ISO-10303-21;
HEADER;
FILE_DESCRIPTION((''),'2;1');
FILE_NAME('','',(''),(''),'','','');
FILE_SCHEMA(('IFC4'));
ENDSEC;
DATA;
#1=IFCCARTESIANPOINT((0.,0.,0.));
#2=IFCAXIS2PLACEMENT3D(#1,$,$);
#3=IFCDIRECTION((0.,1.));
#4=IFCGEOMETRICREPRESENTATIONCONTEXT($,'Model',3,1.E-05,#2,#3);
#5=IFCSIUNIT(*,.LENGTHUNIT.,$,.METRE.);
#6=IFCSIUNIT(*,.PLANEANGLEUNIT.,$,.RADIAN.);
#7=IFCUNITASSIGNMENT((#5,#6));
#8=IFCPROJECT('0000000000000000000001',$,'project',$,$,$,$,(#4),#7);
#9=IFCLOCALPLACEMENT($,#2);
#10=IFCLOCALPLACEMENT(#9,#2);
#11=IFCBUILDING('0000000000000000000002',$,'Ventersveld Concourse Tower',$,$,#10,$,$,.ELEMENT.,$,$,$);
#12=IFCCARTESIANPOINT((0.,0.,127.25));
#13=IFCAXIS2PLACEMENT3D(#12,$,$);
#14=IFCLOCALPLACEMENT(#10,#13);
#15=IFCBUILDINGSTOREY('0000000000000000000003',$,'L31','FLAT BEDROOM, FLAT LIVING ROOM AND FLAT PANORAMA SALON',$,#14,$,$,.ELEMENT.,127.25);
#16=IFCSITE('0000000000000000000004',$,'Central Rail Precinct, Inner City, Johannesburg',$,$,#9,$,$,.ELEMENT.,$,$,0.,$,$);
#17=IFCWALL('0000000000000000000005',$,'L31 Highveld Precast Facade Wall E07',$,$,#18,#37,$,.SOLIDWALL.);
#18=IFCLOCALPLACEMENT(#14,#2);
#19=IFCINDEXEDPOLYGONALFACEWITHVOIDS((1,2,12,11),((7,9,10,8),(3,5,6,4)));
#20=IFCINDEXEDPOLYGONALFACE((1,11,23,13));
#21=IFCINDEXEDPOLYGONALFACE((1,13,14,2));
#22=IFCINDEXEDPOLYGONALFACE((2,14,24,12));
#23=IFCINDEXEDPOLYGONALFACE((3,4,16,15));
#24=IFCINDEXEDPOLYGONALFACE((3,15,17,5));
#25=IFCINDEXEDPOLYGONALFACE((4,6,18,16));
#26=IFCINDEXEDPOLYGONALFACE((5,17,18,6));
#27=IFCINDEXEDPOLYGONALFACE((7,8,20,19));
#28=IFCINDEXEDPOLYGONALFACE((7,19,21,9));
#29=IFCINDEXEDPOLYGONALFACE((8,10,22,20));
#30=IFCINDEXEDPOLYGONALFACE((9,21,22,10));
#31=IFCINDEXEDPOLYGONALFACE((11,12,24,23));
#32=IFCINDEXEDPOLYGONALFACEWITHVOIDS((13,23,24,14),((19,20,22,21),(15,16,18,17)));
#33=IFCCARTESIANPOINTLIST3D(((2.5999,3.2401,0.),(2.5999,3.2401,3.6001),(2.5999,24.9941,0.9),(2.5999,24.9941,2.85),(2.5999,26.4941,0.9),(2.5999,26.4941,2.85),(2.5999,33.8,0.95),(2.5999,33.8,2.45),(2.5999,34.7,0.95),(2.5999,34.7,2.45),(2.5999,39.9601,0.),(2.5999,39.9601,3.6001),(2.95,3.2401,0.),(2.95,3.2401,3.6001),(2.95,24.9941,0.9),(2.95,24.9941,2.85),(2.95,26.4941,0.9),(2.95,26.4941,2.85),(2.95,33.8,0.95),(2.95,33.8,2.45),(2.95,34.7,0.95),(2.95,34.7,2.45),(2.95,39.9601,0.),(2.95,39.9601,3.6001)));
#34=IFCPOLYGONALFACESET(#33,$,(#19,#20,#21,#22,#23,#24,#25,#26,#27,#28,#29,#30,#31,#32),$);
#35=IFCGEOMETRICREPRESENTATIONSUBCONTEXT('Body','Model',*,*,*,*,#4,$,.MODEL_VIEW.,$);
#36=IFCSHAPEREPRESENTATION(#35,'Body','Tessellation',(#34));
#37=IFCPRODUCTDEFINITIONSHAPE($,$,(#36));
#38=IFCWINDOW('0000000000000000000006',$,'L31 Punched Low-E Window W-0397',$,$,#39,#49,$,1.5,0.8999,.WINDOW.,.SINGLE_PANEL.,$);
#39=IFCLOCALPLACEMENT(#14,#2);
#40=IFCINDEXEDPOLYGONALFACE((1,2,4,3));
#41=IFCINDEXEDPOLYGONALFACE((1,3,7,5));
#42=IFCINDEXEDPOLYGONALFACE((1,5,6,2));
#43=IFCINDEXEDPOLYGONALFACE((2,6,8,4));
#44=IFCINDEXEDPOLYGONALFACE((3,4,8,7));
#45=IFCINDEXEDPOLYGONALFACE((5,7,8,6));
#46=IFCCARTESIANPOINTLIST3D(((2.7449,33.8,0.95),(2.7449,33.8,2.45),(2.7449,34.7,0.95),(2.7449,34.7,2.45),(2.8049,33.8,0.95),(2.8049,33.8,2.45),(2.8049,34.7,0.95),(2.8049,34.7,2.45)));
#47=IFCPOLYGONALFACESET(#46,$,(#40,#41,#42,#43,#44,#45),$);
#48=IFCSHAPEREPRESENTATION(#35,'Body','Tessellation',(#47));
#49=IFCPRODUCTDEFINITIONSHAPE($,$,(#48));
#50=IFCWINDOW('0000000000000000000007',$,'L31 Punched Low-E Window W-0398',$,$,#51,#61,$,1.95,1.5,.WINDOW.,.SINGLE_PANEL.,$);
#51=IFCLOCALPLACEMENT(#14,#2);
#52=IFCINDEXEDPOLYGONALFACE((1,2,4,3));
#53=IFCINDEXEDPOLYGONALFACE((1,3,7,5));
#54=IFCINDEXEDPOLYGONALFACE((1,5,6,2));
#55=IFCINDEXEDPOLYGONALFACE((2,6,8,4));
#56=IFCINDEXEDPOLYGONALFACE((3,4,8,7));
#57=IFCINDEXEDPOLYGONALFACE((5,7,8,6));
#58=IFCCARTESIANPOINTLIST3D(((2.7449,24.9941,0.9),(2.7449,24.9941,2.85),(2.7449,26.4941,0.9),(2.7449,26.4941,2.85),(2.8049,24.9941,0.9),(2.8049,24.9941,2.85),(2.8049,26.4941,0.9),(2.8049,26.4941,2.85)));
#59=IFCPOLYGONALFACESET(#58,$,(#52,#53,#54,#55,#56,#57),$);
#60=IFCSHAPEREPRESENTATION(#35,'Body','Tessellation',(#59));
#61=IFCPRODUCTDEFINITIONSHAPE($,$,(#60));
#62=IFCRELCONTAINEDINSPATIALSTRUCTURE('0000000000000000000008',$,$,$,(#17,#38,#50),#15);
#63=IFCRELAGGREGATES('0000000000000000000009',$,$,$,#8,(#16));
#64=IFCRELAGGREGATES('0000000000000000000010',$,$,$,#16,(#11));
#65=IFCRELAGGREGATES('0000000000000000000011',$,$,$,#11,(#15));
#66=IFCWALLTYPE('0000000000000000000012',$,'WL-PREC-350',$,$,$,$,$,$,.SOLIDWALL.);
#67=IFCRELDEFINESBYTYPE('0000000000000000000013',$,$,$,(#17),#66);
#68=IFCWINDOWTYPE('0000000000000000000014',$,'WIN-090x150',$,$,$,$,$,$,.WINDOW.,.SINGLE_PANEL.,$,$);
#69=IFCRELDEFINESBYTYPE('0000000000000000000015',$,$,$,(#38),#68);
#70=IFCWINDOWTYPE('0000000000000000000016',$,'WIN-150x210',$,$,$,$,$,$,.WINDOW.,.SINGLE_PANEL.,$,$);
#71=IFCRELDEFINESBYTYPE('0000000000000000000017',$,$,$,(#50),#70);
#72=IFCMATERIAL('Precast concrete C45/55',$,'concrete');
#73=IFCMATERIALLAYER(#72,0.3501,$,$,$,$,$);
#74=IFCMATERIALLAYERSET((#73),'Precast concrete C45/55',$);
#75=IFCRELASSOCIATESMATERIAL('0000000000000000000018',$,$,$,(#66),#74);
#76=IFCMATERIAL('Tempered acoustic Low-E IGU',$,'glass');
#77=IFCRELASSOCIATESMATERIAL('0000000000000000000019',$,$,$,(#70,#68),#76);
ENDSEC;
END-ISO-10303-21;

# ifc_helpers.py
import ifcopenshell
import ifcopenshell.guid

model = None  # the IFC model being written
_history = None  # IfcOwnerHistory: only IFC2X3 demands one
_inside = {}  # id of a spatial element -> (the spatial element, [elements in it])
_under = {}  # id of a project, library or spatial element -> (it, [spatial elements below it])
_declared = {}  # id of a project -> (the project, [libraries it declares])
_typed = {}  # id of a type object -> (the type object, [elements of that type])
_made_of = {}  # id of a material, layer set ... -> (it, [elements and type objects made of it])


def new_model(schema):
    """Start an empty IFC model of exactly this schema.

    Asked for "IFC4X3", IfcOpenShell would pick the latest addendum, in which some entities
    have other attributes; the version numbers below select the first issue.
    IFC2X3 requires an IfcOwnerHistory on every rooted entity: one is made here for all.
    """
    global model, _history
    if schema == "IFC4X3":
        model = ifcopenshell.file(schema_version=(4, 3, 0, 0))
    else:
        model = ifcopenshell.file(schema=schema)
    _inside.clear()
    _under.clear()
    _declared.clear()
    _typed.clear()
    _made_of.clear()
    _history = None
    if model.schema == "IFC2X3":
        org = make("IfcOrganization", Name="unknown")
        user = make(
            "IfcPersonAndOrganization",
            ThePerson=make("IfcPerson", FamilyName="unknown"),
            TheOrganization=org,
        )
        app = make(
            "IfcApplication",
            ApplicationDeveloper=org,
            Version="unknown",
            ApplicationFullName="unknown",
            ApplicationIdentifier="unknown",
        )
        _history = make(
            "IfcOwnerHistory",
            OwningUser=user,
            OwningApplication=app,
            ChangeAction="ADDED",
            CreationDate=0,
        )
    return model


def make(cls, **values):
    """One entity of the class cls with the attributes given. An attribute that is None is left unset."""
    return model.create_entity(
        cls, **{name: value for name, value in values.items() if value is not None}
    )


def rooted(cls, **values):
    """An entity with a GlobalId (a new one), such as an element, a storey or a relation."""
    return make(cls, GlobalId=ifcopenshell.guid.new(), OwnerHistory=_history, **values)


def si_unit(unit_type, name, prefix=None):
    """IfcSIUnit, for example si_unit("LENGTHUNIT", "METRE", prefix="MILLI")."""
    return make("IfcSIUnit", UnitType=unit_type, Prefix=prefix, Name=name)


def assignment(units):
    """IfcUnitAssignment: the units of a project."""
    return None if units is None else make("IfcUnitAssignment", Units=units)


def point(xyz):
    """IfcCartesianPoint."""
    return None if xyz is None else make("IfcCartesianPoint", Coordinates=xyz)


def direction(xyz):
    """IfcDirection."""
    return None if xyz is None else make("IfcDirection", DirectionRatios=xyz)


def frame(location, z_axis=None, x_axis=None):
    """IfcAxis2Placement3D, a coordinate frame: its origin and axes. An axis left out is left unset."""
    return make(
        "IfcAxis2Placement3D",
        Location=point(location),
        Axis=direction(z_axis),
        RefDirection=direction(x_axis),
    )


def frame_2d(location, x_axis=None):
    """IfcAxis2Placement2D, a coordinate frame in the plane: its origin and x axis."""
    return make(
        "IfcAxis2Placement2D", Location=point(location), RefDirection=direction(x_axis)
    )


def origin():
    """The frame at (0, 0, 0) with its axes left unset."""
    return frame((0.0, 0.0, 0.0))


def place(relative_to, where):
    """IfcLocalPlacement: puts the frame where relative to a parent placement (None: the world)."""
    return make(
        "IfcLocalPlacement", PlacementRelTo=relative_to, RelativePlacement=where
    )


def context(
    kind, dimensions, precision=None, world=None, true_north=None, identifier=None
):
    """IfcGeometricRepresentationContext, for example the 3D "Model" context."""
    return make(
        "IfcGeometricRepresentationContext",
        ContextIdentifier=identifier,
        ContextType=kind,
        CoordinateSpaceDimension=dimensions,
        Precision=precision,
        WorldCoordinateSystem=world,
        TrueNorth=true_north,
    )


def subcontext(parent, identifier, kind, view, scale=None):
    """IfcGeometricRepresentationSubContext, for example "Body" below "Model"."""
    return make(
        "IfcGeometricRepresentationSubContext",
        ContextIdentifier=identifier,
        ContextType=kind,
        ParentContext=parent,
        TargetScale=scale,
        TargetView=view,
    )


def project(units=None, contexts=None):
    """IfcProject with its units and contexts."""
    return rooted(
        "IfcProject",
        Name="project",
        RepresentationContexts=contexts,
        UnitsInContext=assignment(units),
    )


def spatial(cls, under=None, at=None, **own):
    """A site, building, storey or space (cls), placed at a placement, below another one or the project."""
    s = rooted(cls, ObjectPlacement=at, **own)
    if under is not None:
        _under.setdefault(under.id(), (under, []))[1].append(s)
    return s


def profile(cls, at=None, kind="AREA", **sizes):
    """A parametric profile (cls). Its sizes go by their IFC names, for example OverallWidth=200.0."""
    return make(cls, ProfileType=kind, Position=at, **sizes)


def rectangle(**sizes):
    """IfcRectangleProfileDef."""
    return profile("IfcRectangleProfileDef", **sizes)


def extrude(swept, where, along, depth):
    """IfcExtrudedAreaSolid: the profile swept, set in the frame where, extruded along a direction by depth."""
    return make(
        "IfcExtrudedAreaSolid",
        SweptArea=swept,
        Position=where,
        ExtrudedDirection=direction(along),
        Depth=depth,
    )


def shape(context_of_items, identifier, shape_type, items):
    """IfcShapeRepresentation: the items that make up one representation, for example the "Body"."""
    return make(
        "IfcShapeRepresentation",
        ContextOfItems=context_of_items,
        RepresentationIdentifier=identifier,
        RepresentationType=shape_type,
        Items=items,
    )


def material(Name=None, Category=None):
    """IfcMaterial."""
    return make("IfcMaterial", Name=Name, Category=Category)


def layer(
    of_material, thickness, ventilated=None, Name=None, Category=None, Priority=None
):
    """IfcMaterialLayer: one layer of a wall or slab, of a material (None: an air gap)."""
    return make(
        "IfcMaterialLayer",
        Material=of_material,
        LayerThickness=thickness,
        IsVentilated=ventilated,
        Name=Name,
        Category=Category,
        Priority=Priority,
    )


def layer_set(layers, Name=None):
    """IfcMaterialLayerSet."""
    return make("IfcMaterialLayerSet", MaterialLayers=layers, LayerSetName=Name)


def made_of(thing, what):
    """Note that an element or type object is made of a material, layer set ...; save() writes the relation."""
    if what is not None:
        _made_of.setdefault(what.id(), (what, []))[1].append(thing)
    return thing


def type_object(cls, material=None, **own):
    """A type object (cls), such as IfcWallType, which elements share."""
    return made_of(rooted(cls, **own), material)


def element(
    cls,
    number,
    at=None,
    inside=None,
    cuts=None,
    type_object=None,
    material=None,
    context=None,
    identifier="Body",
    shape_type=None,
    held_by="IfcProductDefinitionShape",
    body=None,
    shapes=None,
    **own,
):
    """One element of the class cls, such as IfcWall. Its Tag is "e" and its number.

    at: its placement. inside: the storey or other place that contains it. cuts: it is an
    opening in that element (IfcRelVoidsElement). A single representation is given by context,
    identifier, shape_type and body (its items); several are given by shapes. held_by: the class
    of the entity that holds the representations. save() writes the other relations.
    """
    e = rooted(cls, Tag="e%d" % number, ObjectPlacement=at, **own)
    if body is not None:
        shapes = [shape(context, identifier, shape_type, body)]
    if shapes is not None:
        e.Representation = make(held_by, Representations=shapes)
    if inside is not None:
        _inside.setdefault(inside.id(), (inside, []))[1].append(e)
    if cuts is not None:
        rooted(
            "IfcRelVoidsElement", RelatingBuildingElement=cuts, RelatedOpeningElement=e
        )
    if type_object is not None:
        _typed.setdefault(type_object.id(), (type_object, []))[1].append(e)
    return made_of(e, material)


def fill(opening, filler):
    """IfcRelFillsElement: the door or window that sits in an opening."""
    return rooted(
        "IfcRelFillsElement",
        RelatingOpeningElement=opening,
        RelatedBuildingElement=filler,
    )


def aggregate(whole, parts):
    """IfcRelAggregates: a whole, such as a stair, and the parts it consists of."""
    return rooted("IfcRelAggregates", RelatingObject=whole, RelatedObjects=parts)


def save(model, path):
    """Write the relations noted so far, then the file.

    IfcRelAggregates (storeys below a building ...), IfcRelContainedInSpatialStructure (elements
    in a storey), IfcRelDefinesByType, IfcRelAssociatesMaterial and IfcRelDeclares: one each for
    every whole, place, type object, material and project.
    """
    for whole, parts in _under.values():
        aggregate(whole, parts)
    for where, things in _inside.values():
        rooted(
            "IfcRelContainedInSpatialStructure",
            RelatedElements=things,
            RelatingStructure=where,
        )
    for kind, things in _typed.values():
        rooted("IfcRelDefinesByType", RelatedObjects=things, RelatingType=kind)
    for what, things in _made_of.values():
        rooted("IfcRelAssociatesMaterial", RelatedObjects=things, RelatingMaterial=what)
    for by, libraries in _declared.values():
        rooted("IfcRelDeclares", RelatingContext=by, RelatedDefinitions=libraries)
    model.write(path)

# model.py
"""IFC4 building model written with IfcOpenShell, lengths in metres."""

from ifc_helpers import new_model, si_unit, direction, frame, frame_2d, origin, place, context, subcontext, project, spatial, rectangle, extrude, material, layer, layer_set, type_object, element, fill, save


model = new_model("IFC4")

# Units and contexts
model_context = context("Model", 3, precision=1e-05, world=origin(), true_north=direction((0.0, 1.0)))
body_context = subcontext(model_context, "Body", "Model", "MODEL_VIEW")
ifc_project = project(units=[si_unit("LENGTHUNIT", "METRE"), si_unit("PLANEANGLEUNIT", "RADIAN")], contexts=[model_context])

# Site, building, storey
site_placement = place(None, origin())
site = spatial("IfcSite", under=ifc_project, at=site_placement, Name="Central Rail Precinct, Inner City, Johannesburg", CompositionType="ELEMENT", RefElevation=0.0)
building_placement = place(site_placement, origin())
building = spatial("IfcBuilding", under=site, at=building_placement, Name="Ventersveld Concourse Tower", CompositionType="ELEMENT")
storey_placement = place(building_placement, frame((0.0, 0.0, 127.25)))
storey = spatial("IfcBuildingStorey", under=building, at=storey_placement, Name="L31", Description="FLAT BEDROOM, FLAT LIVING ROOM AND FLAT PANORAMA SALON", CompositionType="ELEMENT", Elevation=127.25)

# Shared definitions
ifc_material_1 = material(Name="Precast concrete C45/55", Category="concrete")
ifc_layer_1 = layer(ifc_material_1, 0.3501)
ifc_layer_set_1 = layer_set([ifc_layer_1], Name="Precast concrete C45/55")
wall_type_1 = type_object("IfcWallType", Name="WL-PREC-350", PredefinedType="SOLIDWALL", material=ifc_layer_set_1)
ifc_material_2 = material(Name="Tempered acoustic Low-E IGU", Category="glass")
window_type_1 = type_object("IfcWindowType", Name="WIN-150x210", PartitioningType="SINGLE_PANEL", PredefinedType="WINDOW", material=ifc_material_2)

# Wall, openings, windows
wall_1_placement = place(storey_placement, frame((2.7749, 39.96, 0.0), z_axis=(0.0, 0.0, 1.0), x_axis=(0.0, -1.0, 0.0)))
wall_1 = element("IfcWall", 1, at=wall_1_placement, inside=storey, type_object=wall_type_1, Name="L31 Highveld Precast Facade Wall E07", PredefinedType="SOLIDWALL", context=body_context, shape_type="SweptSolid", body=[
    extrude(rectangle(XDim=36.72, YDim=0.3501, at=frame_2d((18.3599, 0.0))), origin(), (0.0, 0.0, 1.0), 3.6001),
])
opening_1_placement = place(wall_1_placement, frame((5.26, 0.0, 0.95)))
opening_1 = element("IfcOpeningElement", 2, at=opening_1_placement, cuts=wall_1, PredefinedType="OPENING", context=body_context, shape_type="SweptSolid", body=[
    extrude(rectangle(XDim=0.8999, YDim=1.5, at=frame_2d((0.45, 0.75))), frame((0.0, 0.1851, 0.0), z_axis=(0.0, -1.0, 0.0), x_axis=(1.0, 0.0, 0.0)), (0.0, 0.0, 1.0), 0.3701),
])
opening_2_placement = place(wall_1_placement, frame((13.4658, 0.0, 0.8999)))
opening_2 = element("IfcOpeningElement", 3, at=opening_2_placement, cuts=wall_1, PredefinedType="OPENING", context=body_context, shape_type="SweptSolid", body=[
    extrude(rectangle(XDim=1.5, YDim=1.95, at=frame_2d((0.75, 0.9751))), frame((0.0, 0.1851, 0.0), z_axis=(0.0, -1.0, 0.0), x_axis=(1.0, 0.0, 0.0)), (0.0, 0.0, 1.0), 0.3701),
])
window_type_2 = type_object("IfcWindowType", Name="WIN-090x150", PartitioningType="SINGLE_PANEL", PredefinedType="WINDOW", material=ifc_material_2)
window_1_placement = place(opening_1_placement, origin())
window_1 = element("IfcWindow", 4, at=window_1_placement, inside=storey, type_object=window_type_2, Name="L31 Punched Low-E Window W-0397", OverallHeight=1.5, OverallWidth=0.8999, PartitioningType="SINGLE_PANEL", PredefinedType="WINDOW", context=body_context, shape_type="SweptSolid", body=[
    extrude(rectangle(XDim=0.8999, YDim=1.5, at=frame_2d((0.45, 0.75))), frame((0.0, 0.03, 0.0), z_axis=(0.0, -1.0, 0.0), x_axis=(1.0, 0.0, 0.0)), (0.0, 0.0, 1.0), 0.0601),
])
fill(opening_1, window_1)
window_2_placement = place(opening_2_placement, origin())
window_2 = element("IfcWindow", 5, at=window_2_placement, inside=storey, type_object=window_type_1, Name="L31 Punched Low-E Window W-0398", OverallHeight=1.95, OverallWidth=1.5, PartitioningType="SINGLE_PANEL", PredefinedType="WINDOW", context=body_context, shape_type="SweptSolid", body=[
    extrude(rectangle(XDim=1.5, YDim=1.95, at=frame_2d((0.75, 0.9751))), frame((0.0, 0.03, 0.0), z_axis=(0.0, -1.0, 0.0), x_axis=(1.0, 0.0, 0.0)), (0.0, 0.0, 1.0), 0.0601),
])
fill(opening_2, window_2)

save(model, "model.ifc")
